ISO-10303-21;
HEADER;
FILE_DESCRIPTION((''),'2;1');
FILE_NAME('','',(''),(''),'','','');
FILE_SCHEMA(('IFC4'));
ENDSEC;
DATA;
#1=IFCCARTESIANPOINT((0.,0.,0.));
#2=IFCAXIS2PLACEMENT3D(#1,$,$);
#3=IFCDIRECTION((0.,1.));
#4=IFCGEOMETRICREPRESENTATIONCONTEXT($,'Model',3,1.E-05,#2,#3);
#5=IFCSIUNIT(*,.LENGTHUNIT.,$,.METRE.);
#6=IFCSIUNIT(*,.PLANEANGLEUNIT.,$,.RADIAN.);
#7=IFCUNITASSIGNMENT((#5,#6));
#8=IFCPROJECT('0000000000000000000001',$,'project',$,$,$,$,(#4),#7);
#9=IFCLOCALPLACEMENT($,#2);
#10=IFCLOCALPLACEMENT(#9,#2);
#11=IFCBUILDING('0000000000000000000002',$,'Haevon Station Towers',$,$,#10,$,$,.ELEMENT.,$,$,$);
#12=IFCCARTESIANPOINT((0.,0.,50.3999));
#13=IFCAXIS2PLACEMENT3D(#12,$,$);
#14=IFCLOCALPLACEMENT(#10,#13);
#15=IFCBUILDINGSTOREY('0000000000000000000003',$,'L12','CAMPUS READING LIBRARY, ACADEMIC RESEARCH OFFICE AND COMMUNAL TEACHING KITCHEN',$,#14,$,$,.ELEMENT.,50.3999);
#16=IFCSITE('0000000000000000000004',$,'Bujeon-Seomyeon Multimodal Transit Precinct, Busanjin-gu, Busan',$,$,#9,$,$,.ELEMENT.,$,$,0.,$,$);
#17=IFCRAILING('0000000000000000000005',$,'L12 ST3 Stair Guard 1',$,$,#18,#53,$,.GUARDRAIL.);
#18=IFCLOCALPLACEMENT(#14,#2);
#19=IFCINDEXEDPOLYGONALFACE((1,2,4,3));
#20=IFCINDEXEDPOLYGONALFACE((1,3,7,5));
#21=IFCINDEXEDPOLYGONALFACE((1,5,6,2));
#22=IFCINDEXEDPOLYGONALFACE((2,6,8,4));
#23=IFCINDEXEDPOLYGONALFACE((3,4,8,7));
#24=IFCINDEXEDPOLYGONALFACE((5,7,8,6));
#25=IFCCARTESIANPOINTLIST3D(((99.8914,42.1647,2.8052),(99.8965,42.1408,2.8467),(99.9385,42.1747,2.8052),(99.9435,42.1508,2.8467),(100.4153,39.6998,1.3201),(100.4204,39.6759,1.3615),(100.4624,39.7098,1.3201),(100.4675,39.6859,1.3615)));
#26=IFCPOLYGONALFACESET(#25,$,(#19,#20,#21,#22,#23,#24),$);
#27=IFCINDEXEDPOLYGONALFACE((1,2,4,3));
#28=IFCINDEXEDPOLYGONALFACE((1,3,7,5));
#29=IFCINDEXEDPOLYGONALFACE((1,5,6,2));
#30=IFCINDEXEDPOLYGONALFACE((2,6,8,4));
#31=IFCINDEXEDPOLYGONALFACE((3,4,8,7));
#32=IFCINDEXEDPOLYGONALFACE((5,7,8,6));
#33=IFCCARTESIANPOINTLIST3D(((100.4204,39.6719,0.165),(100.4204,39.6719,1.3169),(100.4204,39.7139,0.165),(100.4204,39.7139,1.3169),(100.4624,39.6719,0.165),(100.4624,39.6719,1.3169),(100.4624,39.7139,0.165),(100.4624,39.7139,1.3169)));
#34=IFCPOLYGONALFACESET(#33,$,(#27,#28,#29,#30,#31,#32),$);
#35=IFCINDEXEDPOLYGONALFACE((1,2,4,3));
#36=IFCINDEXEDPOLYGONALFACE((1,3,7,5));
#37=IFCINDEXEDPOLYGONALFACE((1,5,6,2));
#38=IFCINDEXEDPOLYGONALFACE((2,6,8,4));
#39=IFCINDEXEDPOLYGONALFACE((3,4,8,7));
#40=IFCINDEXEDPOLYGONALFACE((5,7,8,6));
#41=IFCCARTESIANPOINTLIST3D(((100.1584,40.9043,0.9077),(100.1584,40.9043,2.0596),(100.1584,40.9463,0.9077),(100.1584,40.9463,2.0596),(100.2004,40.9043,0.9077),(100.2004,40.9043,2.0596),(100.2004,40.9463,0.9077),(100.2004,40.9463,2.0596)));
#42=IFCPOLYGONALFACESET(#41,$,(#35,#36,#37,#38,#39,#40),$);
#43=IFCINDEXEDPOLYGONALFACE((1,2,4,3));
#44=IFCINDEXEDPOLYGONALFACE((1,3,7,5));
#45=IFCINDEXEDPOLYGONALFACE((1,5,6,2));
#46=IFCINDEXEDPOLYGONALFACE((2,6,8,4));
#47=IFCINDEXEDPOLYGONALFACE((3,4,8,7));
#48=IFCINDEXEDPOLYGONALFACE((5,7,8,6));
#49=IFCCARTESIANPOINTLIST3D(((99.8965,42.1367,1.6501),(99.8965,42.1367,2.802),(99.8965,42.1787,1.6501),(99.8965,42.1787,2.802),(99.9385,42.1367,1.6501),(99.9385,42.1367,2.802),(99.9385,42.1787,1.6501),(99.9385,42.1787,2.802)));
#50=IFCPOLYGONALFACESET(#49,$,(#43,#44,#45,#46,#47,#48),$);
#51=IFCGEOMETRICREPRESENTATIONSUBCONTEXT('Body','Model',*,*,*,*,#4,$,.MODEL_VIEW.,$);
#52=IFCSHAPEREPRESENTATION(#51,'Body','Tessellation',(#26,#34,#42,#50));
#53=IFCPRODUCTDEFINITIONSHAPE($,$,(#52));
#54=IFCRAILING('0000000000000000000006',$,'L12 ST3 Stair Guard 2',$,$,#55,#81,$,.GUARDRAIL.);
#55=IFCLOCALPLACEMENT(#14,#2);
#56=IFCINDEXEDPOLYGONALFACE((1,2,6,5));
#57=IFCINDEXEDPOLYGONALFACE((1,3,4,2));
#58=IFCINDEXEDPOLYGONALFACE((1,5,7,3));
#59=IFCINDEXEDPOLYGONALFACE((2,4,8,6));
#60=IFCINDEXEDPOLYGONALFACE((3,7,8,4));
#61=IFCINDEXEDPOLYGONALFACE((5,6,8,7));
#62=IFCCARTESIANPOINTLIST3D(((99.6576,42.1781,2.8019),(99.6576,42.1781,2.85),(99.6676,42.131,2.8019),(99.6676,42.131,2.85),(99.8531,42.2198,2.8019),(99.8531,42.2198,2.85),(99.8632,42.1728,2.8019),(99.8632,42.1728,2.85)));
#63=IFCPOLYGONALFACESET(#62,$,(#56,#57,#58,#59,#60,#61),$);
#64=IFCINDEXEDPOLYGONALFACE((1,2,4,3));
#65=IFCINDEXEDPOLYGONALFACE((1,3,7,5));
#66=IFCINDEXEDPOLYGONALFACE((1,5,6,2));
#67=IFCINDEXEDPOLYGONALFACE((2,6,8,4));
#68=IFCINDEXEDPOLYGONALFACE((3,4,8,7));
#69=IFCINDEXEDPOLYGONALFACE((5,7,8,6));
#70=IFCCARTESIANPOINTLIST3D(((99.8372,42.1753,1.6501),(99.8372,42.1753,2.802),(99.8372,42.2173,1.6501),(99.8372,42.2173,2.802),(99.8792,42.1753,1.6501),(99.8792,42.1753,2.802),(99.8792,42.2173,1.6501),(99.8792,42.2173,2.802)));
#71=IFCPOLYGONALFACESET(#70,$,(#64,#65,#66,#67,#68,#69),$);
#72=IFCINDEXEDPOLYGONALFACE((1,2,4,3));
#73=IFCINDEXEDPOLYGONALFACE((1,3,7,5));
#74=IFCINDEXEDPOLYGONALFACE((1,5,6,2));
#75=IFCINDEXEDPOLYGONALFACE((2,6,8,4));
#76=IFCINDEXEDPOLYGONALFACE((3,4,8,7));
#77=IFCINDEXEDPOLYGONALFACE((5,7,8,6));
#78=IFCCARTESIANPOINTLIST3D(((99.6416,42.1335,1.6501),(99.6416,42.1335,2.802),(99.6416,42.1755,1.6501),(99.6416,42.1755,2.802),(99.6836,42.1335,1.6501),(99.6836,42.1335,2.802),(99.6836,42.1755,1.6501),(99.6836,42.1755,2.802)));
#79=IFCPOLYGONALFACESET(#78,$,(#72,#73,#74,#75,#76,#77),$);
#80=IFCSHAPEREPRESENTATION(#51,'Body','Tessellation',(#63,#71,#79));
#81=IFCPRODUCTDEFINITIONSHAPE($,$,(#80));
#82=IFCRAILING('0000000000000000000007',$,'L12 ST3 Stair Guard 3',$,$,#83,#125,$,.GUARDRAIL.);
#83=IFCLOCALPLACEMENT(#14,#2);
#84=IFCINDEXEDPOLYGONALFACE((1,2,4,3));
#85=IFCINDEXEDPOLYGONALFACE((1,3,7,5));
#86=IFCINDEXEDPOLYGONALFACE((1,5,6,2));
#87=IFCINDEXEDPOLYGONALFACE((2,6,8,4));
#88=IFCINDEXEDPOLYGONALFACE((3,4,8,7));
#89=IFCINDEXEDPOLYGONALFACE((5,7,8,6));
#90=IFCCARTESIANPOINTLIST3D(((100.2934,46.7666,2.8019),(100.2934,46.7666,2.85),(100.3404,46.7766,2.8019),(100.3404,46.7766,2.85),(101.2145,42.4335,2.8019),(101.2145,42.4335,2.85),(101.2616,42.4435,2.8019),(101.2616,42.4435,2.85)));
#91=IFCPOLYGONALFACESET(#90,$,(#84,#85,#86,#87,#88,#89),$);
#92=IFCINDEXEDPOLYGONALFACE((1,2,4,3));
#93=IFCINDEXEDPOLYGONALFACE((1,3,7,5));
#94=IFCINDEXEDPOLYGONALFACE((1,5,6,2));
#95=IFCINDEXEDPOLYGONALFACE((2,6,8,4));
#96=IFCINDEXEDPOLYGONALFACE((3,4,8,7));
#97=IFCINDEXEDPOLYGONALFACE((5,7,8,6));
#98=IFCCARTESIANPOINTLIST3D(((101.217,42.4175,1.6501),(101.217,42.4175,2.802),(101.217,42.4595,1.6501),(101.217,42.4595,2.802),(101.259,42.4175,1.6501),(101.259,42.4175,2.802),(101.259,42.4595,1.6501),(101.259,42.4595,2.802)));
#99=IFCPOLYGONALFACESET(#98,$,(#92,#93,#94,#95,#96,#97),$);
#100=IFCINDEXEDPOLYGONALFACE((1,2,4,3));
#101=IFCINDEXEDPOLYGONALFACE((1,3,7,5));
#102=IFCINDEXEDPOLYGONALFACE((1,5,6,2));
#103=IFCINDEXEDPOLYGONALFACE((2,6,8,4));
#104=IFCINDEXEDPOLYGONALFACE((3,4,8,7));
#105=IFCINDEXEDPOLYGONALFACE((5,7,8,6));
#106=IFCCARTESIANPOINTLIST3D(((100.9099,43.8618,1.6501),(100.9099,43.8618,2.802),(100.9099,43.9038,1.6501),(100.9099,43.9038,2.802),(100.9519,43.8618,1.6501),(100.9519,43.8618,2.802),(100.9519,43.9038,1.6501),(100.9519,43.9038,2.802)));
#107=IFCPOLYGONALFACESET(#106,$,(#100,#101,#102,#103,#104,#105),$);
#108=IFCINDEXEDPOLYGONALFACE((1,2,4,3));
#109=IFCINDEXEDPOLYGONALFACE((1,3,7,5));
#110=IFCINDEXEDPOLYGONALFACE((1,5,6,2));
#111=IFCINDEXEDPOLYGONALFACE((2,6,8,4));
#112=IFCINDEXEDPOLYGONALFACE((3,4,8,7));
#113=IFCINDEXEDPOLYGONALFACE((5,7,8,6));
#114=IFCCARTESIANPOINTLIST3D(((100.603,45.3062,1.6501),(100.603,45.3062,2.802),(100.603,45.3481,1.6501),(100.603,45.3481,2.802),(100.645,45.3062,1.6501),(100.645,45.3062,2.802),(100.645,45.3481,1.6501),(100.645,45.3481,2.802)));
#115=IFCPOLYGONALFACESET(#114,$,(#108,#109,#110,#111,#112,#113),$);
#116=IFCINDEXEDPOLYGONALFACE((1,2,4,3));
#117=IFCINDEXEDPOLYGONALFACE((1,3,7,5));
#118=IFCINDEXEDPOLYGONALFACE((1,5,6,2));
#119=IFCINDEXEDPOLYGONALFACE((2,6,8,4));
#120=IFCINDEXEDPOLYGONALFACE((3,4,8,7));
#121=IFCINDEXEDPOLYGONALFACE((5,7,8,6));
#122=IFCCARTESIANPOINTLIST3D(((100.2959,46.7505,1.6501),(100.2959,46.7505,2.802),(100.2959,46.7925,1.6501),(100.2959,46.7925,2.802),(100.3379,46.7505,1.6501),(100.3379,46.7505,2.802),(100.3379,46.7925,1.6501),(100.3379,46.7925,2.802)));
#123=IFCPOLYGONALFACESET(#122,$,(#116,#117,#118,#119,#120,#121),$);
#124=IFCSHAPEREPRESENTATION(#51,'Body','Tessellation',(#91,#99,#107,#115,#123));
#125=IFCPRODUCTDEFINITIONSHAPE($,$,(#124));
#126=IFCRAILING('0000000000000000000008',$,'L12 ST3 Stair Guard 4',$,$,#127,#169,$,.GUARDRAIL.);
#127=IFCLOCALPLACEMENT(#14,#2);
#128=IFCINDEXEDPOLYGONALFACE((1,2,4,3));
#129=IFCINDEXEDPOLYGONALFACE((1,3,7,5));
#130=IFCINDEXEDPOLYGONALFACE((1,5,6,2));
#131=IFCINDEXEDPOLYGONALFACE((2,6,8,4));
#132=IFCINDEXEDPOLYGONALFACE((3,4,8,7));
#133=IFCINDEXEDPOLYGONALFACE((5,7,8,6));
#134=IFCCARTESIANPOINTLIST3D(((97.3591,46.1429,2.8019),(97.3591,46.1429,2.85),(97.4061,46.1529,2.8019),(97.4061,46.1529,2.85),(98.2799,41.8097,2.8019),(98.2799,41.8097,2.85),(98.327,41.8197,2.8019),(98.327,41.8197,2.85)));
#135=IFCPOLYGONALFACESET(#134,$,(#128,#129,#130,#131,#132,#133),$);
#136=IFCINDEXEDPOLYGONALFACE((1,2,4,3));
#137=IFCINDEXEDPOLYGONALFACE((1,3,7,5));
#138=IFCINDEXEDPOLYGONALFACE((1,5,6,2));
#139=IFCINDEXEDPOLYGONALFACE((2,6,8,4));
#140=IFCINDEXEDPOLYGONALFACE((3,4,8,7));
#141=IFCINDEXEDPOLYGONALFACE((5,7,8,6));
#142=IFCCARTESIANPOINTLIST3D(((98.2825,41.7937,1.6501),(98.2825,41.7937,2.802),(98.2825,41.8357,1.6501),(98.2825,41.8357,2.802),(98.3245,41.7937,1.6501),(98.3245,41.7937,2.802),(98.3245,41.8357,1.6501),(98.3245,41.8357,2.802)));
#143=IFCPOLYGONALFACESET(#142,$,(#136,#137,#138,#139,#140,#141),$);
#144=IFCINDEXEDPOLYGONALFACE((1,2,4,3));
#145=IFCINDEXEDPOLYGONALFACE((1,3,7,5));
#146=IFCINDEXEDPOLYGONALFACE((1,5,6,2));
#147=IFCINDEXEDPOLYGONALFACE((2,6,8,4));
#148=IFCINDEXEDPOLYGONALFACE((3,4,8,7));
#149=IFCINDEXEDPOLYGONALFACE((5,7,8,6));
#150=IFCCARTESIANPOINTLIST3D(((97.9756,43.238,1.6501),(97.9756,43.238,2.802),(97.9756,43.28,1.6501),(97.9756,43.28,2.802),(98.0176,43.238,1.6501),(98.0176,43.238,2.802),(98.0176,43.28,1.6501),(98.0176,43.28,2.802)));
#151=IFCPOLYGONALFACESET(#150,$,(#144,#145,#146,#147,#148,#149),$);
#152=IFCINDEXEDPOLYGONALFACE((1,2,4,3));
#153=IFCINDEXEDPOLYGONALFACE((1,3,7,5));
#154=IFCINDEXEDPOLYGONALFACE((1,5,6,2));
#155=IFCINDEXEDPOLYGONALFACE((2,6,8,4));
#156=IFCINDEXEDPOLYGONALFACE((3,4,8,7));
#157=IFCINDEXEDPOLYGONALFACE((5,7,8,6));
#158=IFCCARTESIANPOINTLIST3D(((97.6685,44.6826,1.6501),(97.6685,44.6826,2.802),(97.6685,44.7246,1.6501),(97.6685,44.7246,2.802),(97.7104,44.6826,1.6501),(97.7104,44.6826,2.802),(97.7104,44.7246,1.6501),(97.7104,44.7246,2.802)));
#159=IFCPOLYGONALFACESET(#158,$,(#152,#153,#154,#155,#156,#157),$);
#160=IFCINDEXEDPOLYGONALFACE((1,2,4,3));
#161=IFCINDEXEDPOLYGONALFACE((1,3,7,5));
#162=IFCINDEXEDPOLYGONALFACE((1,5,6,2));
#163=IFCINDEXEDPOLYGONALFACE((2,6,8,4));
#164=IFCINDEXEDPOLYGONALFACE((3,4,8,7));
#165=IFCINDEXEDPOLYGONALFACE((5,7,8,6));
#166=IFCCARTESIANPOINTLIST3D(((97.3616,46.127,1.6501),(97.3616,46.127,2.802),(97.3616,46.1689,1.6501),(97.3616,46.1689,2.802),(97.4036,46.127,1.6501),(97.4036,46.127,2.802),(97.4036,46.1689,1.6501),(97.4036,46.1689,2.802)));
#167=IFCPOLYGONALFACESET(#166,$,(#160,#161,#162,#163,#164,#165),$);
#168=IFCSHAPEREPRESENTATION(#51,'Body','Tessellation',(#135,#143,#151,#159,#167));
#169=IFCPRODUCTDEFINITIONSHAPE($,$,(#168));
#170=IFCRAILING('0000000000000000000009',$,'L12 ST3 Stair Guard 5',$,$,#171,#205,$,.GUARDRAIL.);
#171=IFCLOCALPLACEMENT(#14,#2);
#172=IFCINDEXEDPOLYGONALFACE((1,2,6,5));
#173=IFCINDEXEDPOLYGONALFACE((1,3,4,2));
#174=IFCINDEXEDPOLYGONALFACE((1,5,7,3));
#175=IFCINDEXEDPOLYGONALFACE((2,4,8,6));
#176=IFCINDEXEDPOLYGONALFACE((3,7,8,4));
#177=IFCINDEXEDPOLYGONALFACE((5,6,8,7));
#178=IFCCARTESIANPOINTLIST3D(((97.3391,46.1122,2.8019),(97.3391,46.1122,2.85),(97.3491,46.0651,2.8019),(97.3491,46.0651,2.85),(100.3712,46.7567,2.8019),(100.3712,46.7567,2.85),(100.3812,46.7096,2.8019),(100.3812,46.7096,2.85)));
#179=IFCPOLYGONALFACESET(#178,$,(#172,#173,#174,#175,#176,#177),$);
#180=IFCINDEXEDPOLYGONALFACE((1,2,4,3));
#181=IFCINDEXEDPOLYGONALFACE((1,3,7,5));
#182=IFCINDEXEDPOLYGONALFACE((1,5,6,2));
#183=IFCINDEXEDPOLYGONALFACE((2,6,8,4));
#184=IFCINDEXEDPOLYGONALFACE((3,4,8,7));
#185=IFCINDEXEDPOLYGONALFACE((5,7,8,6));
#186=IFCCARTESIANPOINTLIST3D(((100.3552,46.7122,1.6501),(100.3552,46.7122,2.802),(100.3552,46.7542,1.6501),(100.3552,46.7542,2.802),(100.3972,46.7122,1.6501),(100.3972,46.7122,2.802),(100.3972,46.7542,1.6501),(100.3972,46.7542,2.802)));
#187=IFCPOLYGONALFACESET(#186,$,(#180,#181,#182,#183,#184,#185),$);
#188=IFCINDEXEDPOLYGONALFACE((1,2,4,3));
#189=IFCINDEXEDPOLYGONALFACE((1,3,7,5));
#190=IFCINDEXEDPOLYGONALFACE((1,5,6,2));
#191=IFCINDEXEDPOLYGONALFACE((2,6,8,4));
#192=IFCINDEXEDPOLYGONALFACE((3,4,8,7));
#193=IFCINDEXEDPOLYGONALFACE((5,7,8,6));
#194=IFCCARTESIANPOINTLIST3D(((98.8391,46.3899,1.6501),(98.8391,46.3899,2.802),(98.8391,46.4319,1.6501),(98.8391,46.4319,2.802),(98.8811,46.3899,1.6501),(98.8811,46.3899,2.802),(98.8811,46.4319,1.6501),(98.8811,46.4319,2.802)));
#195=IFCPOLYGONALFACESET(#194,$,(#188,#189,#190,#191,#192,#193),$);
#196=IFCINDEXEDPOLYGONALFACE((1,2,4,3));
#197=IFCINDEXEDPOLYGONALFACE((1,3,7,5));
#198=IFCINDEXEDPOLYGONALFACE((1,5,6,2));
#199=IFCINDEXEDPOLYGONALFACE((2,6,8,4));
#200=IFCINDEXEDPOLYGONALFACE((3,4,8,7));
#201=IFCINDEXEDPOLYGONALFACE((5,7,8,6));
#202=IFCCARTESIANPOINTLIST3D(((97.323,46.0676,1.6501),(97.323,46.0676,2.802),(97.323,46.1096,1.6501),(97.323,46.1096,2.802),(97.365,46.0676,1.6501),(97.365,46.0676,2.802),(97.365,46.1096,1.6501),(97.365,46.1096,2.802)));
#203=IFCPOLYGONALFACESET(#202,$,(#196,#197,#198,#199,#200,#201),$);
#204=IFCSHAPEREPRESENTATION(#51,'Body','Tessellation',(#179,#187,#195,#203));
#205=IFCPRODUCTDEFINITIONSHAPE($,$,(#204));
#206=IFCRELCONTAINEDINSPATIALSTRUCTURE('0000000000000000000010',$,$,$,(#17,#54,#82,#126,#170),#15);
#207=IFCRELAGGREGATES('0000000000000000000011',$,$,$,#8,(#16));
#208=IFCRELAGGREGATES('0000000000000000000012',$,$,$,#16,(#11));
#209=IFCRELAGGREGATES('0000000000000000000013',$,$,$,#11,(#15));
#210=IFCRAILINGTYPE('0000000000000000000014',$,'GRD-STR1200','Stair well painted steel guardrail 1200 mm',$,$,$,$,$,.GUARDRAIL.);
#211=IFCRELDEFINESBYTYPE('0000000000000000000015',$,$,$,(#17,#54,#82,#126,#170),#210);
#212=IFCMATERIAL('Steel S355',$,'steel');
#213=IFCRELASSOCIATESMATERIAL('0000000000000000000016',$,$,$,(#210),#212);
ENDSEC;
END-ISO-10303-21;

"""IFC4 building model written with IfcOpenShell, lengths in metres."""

from ifc_helpers import new_model, si_unit, direction, frame, origin, origin_2d, place, context, subcontext, project, spatial, rectangle, extrude, material, type_object, element, save


model = new_model("IFC4")

# Units and contexts
model_context = context("Model", 3, precision=1e-05, world=origin(), true_north=direction((0.0, 1.0)))
body_context = subcontext(model_context, "Body", "Model", "MODEL_VIEW")
ifc_project = project(units=[si_unit("LENGTHUNIT", "METRE"), si_unit("PLANEANGLEUNIT", "RADIAN")], contexts=[model_context])

# Site, building, storey
site_placement = place(None, origin())
site = spatial("IfcSite", under=ifc_project, at=site_placement, Name="Bujeon-Seomyeon Multimodal Transit Precinct, Busanjin-gu, Busan", CompositionType="ELEMENT", RefElevation=0.0)
building_placement = place(site_placement, origin())
building = spatial("IfcBuilding", under=site, at=building_placement, Name="Haevon Station Towers", CompositionType="ELEMENT")
storey_placement = place(building_placement, frame((0.0, 0.0, 50.3999)))
storey = spatial("IfcBuildingStorey", under=building, at=storey_placement, Name="L12", Description="CAMPUS READING LIBRARY, ACADEMIC RESEARCH OFFICE AND COMMUNAL TEACHING KITCHEN", CompositionType="ELEMENT", Elevation=50.3999)

# Shared definitions
ifc_material_1 = material(Name="Steel S355", Category="steel")

# Railings
railing_type_1 = type_object("IfcRailingType", Name="GRD-STR1200", Description="Stair well painted steel guardrail 1200 mm", PredefinedType="GUARDRAIL", material=ifc_material_1)
railing_1_placement = place(storey_placement, frame((100.4414, 39.6929, 0.165)))
element("IfcRailing", 1, at=railing_1_placement, inside=storey, type_object=railing_type_1, Name="L12 ST3 Stair Guard 1", PredefinedType="GUARDRAIL", context=body_context, shape_type="SweptSolid", body=[
    extrude(rectangle(XDim=0.0481, YDim=0.0481, at=origin_2d()), frame((0.0, 0.0, 1.1758), z_axis=(-0.179121, 0.842688, 0.507733), x_axis=(-0.978147, -0.207914, 0.0)), (0.0, 0.0, 1.0), 2.925),
    extrude(rectangle(XDim=0.042, YDim=0.042, at=origin_2d()), origin(), (0.0, 0.0, 1.0), 1.1519),
    extrude(rectangle(XDim=0.042, YDim=0.042, at=origin_2d()), frame((-0.262, 1.2324, 0.7427)), (0.0, 0.0, 1.0), 1.1519),
    extrude(rectangle(XDim=0.042, YDim=0.042, at=origin_2d()), frame((-0.5239, 2.4648, 1.4851)), (0.0, 0.0, 1.0), 1.1519),
])
railing_2_placement = place(storey_placement, frame((99.8582, 42.1963, 1.6501)))
element("IfcRailing", 2, at=railing_2_placement, inside=storey, type_object=railing_type_1, Name="L12 ST3 Stair Guard 2", PredefinedType="GUARDRAIL", context=body_context, shape_type="SweptSolid", body=[
    extrude(rectangle(XDim=0.0481, YDim=0.0481, at=origin_2d()), frame((0.0, 0.0, 1.1758), z_axis=(-0.977963, -0.208779, 0.0), x_axis=(0.208779, -0.977963, 0.0)), (0.0, 0.0, 1.0), 0.2),
    extrude(rectangle(XDim=0.042, YDim=0.042, at=origin_2d()), origin(), (0.0, 0.0, 1.0), 1.1519),
    extrude(rectangle(XDim=0.042, YDim=0.042, at=origin_2d()), frame((-0.1956, -0.0417, 0.0)), (0.0, 0.0, 1.0), 1.1519),
])
railing_3_placement = place(storey_placement, frame((101.238, 42.4385, 1.6501)))
element("IfcRailing", 3, at=railing_3_placement, inside=storey, type_object=railing_type_1, Name="L12 ST3 Stair Guard 3", PredefinedType="GUARDRAIL", context=body_context, shape_type="SweptSolid", body=[
    extrude(rectangle(XDim=0.0481, YDim=0.0481, at=origin_2d()), frame((0.0, 0.0, 1.1758), z_axis=(-0.20794, 0.978141, 0.0), x_axis=(-0.978141, -0.20794, 0.0)), (0.0, 0.0, 1.0), 4.4299),
    extrude(rectangle(XDim=0.042, YDim=0.042, at=origin_2d()), origin(), (0.0, 0.0, 1.0), 1.1519),
    extrude(rectangle(XDim=0.042, YDim=0.042, at=origin_2d()), frame((-0.3071, 1.4443, 0.0)), (0.0, 0.0, 1.0), 1.1519),
    extrude(rectangle(XDim=0.042, YDim=0.042, at=origin_2d()), frame((-0.614, 2.8887, 0.0)), (0.0, 0.0, 1.0), 1.1519),
    extrude(rectangle(XDim=0.042, YDim=0.042, at=origin_2d()), frame((-0.9211, 4.333, 0.0)), (0.0, 0.0, 1.0), 1.1519),
])
railing_4_placement = place(storey_placement, frame((98.3035, 41.8147, 1.6501)))
element("IfcRailing", 4, at=railing_4_placement, inside=storey, type_object=railing_type_1, Name="L12 ST3 Stair Guard 4", PredefinedType="GUARDRAIL", context=body_context, shape_type="SweptSolid", body=[
    extrude(rectangle(XDim=0.0481, YDim=0.0481, at=origin_2d()), frame((0.0, 0.0, 1.1758), z_axis=(-0.207877, 0.978155, 0.0), x_axis=(-0.978155, -0.207877, 0.0)), (0.0, 0.0, 1.0), 4.4299),
    extrude(rectangle(XDim=0.042, YDim=0.042, at=origin_2d()), origin(), (0.0, 0.0, 1.0), 1.1519),
    extrude(rectangle(XDim=0.042, YDim=0.042, at=origin_2d()), frame((-0.3069, 1.4443, 0.0)), (0.0, 0.0, 1.0), 1.1519),
    extrude(rectangle(XDim=0.042, YDim=0.042, at=origin_2d()), frame((-0.614, 2.8889, 0.0)), (0.0, 0.0, 1.0), 1.1519),
    extrude(rectangle(XDim=0.042, YDim=0.042, at=origin_2d()), frame((-0.9209, 4.3333, 0.0)), (0.0, 0.0, 1.0), 1.1519),
])
railing_5_placement = place(storey_placement, frame((100.3762, 46.7332, 1.6501)))
element("IfcRailing", 5, at=railing_5_placement, inside=storey, type_object=railing_type_1, Name="L12 ST3 Stair Guard 5", PredefinedType="GUARDRAIL", context=body_context, shape_type="SweptSolid", body=[
    extrude(rectangle(XDim=0.0481, YDim=0.0481, at=origin_2d()), frame((0.0, 0.0, 1.1758), z_axis=(-0.978147, -0.207915, 0.0), x_axis=(0.207915, -0.978147, 0.0)), (0.0, 0.0, 1.0), 3.0999),
    extrude(rectangle(XDim=0.042, YDim=0.042, at=origin_2d()), origin(), (0.0, 0.0, 1.0), 1.1519),
    extrude(rectangle(XDim=0.042, YDim=0.042, at=origin_2d()), frame((-1.5161, -0.3223, 0.0)), (0.0, 0.0, 1.0), 1.1519),
    extrude(rectangle(XDim=0.042, YDim=0.042, at=origin_2d()), frame((-3.0322, -0.6445, 0.0)), (0.0, 0.0, 1.0), 1.1519),
])

save(model, "model.ifc")
